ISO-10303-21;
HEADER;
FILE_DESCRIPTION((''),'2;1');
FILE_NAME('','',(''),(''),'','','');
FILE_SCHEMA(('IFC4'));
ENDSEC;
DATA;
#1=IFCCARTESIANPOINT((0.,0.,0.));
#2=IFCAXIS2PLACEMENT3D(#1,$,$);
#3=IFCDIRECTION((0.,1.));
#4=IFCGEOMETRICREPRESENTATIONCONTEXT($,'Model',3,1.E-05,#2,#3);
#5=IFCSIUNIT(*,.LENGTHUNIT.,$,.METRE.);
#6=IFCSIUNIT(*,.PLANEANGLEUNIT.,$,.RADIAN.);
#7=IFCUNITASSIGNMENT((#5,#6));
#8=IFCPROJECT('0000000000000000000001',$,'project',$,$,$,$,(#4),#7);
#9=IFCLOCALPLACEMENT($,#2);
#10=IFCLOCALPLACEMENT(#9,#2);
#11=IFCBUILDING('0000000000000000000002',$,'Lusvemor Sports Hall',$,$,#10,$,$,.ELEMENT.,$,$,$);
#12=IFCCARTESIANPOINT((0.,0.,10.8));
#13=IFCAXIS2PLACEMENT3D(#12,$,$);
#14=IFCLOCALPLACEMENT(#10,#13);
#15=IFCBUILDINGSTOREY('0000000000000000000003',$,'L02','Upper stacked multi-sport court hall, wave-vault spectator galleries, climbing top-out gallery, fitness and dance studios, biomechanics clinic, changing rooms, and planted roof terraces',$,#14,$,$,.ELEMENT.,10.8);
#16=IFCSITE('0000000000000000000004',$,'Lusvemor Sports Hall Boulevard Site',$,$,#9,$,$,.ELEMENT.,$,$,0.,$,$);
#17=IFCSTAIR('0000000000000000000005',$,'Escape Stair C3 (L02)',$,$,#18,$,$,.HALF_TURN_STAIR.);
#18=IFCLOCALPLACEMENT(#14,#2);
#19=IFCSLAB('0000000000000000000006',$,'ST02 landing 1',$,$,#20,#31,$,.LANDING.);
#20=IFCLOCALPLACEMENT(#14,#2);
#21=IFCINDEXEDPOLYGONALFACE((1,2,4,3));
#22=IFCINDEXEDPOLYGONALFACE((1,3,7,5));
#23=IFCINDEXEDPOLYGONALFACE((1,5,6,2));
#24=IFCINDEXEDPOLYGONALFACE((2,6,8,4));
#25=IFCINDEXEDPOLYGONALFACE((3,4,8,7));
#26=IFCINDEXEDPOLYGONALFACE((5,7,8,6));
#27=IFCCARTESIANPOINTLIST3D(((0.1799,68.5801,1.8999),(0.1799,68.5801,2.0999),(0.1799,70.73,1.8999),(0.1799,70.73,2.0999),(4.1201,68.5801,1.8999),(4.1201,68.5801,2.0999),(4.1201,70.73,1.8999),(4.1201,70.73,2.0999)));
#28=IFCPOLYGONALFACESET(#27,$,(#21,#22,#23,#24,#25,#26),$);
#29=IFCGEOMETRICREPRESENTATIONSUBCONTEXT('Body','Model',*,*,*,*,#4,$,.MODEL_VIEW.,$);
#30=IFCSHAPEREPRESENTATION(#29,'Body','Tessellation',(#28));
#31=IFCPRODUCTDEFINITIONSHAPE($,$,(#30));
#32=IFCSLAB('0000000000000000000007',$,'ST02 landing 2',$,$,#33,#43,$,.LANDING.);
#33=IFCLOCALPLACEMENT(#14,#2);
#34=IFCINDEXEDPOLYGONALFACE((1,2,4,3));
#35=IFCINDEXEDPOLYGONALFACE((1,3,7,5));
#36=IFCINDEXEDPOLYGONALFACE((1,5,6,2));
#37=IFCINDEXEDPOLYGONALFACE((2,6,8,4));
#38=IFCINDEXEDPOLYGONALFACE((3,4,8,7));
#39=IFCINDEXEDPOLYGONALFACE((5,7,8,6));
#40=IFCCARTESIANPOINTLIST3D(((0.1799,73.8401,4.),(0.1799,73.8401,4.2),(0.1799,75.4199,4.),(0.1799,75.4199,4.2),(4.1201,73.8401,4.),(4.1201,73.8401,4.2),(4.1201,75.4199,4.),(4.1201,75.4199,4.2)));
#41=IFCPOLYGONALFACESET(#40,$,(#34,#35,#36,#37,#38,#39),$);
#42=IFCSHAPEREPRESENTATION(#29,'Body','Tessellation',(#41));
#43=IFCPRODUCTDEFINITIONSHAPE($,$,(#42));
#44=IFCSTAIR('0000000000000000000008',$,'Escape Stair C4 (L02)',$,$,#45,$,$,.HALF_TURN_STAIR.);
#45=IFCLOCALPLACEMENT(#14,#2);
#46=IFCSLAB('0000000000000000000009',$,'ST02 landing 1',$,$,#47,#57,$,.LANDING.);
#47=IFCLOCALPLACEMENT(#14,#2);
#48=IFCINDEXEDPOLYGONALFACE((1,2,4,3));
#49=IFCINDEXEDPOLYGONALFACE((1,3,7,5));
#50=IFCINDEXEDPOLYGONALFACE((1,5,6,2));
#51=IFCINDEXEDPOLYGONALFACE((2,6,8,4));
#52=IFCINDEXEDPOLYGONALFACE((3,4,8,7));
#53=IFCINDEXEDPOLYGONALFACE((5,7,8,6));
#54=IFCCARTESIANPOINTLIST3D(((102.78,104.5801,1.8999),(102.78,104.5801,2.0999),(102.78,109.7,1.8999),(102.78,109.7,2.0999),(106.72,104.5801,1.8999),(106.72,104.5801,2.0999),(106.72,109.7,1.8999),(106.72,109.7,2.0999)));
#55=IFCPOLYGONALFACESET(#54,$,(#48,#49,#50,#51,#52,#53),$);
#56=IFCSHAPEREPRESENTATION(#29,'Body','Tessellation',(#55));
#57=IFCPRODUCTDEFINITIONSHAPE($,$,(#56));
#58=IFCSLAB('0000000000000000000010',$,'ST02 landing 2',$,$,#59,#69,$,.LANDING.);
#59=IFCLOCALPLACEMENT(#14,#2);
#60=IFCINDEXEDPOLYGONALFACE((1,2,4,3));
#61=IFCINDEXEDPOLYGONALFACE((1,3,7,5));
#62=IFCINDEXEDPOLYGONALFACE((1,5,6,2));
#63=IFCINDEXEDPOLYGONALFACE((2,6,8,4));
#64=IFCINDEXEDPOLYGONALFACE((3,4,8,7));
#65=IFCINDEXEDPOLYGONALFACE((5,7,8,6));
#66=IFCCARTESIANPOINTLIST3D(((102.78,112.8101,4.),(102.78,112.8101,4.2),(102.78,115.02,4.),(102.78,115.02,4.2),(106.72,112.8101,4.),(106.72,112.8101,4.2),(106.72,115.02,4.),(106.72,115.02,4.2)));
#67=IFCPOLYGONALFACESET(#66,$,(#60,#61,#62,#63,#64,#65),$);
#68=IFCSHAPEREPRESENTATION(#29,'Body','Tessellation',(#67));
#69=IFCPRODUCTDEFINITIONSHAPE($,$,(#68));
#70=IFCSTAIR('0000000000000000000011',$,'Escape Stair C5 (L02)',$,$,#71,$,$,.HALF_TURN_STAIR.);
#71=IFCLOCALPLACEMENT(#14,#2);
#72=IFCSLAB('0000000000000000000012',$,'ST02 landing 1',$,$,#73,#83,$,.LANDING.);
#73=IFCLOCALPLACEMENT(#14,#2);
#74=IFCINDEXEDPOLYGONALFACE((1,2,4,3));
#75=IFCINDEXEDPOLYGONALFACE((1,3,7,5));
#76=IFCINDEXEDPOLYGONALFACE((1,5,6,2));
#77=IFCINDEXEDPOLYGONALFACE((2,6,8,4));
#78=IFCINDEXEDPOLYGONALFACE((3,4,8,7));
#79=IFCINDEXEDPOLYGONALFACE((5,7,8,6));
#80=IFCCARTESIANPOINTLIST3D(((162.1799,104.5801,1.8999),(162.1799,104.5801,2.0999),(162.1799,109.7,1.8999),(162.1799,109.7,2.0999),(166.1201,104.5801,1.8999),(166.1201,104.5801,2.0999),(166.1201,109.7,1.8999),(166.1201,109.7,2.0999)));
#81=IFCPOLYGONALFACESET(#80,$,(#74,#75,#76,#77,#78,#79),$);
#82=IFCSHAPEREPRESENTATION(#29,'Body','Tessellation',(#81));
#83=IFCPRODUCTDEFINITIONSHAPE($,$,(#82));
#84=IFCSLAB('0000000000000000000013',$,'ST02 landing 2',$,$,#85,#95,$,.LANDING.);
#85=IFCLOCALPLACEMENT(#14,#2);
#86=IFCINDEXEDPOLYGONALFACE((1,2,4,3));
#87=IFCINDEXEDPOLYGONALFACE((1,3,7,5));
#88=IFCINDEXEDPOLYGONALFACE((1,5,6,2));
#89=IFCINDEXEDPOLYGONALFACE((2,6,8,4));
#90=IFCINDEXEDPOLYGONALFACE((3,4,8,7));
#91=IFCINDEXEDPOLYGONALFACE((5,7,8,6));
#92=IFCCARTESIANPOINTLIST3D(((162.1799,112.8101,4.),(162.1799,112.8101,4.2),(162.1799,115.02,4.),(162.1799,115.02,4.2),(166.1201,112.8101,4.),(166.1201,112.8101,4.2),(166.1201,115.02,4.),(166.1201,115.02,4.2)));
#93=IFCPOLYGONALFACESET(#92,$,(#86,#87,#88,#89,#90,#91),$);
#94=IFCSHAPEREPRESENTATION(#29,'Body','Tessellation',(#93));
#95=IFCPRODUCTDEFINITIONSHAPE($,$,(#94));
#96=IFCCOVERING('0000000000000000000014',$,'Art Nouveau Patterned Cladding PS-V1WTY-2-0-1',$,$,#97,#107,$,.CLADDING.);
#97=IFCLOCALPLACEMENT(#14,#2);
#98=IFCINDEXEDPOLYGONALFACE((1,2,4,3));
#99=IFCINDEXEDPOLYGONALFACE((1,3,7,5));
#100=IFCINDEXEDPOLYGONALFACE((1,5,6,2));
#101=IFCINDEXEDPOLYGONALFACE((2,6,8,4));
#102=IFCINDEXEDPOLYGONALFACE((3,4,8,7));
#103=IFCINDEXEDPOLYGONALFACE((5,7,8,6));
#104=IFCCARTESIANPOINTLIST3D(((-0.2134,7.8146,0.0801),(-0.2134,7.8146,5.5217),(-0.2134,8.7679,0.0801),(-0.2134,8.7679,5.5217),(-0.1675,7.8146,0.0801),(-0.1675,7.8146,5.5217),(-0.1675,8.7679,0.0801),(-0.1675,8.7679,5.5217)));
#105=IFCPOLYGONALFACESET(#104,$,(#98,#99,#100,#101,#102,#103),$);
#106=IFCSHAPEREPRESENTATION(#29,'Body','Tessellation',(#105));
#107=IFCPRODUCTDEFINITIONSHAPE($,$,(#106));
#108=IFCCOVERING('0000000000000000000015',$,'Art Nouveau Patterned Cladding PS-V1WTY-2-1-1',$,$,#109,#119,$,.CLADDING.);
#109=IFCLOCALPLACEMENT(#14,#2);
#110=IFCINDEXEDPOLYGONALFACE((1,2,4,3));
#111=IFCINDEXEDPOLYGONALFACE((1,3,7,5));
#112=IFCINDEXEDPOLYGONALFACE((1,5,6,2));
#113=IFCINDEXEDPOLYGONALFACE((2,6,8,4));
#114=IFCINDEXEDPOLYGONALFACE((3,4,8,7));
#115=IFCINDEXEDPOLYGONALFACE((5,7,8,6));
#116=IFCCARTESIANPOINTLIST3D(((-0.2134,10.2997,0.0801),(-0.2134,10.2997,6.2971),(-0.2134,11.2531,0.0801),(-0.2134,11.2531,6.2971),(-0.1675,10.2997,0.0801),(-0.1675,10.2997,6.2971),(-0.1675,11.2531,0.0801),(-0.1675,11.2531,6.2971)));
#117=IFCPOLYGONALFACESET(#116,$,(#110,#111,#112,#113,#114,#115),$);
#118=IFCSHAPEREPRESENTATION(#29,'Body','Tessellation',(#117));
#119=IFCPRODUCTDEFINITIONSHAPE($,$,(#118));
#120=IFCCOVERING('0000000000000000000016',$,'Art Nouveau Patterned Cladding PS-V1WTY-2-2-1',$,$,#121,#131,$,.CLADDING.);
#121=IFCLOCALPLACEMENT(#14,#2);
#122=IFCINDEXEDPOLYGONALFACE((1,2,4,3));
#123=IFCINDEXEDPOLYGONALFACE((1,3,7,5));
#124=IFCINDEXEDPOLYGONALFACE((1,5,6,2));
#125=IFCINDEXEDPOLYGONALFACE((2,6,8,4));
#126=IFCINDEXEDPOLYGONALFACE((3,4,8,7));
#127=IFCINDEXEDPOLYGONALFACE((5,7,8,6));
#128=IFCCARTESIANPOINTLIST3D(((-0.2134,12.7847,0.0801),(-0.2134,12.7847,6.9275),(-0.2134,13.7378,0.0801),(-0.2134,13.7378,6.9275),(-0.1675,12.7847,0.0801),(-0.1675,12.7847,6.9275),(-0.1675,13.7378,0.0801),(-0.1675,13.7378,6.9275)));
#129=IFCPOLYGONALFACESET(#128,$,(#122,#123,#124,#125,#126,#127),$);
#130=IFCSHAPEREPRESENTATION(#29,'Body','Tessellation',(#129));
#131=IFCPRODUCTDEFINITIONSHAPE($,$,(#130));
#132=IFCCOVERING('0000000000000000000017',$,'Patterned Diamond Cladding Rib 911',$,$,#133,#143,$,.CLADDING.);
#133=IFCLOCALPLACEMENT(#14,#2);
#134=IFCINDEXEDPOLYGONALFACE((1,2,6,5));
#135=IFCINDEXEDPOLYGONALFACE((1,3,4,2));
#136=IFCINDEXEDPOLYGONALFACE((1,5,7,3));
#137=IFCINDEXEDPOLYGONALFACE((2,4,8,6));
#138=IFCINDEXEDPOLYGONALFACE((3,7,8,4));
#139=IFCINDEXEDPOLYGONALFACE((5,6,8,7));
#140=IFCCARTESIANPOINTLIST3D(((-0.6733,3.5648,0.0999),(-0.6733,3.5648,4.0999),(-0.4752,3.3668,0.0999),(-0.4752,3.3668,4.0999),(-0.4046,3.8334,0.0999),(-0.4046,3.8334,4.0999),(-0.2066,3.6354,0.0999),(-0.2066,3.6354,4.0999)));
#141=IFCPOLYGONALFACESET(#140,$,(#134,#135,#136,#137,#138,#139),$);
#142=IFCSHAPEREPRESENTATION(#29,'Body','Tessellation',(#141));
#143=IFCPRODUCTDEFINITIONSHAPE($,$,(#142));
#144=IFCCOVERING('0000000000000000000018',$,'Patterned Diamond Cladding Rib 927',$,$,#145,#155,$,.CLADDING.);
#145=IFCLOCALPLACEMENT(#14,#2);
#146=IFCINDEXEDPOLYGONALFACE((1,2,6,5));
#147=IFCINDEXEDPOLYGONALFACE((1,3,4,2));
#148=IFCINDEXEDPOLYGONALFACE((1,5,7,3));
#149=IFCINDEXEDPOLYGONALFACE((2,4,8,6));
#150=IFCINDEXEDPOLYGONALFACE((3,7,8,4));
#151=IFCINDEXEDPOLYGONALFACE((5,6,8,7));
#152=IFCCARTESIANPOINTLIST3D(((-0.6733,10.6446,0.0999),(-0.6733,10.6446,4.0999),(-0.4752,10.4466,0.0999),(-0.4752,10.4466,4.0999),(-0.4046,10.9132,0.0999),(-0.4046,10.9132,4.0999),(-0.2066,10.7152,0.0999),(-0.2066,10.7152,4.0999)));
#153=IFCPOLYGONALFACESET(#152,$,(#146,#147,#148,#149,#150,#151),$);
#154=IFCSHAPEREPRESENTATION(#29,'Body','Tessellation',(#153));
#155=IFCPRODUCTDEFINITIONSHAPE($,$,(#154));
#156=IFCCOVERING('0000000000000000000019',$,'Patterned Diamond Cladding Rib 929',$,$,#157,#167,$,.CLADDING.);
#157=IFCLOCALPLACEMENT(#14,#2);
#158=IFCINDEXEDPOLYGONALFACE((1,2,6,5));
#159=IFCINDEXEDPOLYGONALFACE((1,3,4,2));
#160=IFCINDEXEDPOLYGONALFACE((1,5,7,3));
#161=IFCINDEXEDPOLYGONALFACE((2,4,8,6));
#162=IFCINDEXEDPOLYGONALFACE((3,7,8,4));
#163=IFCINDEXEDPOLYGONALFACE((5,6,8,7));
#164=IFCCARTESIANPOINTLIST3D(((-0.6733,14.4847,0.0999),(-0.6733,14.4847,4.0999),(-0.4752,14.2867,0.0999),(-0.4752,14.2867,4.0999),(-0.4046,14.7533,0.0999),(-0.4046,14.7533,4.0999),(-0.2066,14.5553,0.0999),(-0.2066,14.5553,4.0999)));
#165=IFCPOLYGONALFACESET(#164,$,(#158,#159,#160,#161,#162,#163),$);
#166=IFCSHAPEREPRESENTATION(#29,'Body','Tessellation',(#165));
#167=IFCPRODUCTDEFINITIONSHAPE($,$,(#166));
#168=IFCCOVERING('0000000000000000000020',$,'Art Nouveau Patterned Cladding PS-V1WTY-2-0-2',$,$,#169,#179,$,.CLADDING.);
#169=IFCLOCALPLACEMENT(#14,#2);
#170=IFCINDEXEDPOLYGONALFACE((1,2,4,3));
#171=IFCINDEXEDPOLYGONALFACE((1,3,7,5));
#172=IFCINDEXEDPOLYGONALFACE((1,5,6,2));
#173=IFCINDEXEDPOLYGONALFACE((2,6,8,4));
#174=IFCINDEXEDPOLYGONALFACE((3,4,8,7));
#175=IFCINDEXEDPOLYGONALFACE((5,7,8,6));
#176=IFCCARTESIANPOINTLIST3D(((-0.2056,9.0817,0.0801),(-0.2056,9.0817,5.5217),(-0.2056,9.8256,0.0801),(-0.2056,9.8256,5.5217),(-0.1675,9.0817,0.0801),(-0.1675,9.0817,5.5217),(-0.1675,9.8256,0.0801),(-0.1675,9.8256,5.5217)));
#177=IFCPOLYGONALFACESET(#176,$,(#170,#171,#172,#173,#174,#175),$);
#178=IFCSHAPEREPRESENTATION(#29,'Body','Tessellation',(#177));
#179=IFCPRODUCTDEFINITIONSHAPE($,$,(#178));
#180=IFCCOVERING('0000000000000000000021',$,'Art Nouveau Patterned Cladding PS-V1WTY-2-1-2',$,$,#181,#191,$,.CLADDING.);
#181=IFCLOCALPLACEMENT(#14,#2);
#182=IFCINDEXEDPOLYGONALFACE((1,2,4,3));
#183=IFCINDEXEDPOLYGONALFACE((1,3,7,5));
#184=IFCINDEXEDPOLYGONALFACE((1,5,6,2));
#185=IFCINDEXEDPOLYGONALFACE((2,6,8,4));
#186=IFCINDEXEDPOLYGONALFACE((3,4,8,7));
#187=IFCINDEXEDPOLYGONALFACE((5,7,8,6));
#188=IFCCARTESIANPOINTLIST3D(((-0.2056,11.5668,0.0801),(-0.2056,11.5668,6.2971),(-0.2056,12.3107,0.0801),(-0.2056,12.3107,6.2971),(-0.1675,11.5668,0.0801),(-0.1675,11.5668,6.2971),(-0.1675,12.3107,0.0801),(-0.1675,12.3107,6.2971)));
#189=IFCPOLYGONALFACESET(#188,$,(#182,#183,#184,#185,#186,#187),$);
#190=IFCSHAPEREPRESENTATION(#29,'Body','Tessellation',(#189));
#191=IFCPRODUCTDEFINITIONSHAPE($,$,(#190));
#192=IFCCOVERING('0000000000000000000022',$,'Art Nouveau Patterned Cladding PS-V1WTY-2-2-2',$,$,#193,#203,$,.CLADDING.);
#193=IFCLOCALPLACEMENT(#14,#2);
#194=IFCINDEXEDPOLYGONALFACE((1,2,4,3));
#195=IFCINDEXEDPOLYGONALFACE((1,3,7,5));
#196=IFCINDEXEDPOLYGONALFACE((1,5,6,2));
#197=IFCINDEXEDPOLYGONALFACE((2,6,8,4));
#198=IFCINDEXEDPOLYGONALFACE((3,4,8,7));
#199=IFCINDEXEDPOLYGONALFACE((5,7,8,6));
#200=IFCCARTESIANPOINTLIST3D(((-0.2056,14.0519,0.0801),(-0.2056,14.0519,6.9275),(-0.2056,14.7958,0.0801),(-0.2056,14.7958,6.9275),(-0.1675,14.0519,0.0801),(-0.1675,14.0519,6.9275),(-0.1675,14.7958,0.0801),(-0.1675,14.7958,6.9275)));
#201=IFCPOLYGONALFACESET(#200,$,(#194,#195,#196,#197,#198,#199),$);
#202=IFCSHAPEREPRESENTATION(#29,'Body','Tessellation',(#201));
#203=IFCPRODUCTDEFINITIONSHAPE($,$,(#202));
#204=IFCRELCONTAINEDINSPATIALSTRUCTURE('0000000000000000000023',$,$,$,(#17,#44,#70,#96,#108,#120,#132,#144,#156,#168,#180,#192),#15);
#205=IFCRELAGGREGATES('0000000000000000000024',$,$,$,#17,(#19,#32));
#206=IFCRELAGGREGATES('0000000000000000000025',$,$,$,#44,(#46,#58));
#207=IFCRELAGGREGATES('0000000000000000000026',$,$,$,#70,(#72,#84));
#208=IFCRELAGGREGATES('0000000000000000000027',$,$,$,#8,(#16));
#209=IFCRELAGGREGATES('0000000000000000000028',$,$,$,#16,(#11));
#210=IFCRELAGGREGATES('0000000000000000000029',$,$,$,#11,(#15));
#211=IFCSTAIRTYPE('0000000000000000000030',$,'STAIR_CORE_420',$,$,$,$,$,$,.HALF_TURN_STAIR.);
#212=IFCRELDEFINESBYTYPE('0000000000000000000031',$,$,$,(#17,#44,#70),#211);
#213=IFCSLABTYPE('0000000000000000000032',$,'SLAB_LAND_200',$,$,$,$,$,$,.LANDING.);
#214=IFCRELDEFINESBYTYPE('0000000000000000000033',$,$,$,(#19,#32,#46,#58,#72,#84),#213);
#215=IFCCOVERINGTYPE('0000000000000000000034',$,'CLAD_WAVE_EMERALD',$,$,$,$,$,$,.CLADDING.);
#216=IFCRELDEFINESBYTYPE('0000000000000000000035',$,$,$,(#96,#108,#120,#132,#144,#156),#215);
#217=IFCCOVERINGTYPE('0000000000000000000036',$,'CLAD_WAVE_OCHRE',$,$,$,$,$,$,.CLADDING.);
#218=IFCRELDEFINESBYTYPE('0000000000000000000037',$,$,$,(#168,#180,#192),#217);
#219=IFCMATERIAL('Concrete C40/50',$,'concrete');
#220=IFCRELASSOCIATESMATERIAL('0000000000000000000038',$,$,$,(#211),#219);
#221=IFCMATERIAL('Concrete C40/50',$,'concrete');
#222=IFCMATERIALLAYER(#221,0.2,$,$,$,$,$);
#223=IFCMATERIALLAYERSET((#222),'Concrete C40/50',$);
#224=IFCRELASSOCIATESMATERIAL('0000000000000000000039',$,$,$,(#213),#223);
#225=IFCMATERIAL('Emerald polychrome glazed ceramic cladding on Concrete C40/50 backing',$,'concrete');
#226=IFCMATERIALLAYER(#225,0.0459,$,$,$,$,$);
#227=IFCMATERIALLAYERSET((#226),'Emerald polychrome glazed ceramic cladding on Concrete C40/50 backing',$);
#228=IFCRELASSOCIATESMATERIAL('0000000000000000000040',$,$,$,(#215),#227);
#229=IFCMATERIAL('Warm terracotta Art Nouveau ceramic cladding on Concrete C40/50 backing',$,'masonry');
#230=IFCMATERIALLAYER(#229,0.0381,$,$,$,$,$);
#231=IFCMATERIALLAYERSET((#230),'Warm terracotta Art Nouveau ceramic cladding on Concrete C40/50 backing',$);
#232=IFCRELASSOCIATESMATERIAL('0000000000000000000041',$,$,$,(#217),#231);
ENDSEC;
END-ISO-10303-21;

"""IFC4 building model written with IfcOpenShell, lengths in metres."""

from ifc_helpers import new_model, si_unit, direction, frame, origin, origin_2d, place, context, subcontext, project, spatial, polyline, rectangle, outline, extrude, material, layer, layer_set, type_object, element, aggregate, save


model = new_model("IFC4")

# Units and contexts
model_context = context("Model", 3, precision=1e-05, world=origin(), true_north=direction((0.0, 1.0)))
body_context = subcontext(model_context, "Body", "Model", "MODEL_VIEW")
ifc_project = project(units=[si_unit("LENGTHUNIT", "METRE"), si_unit("PLANEANGLEUNIT", "RADIAN")], contexts=[model_context])

# Site, building, storey
site_placement = place(None, origin())
site = spatial("IfcSite", under=ifc_project, at=site_placement, Name="Lusvemor Sports Hall Boulevard Site", CompositionType="ELEMENT", RefElevation=0.0)
building_placement = place(site_placement, origin())
building = spatial("IfcBuilding", under=site, at=building_placement, Name="Lusvemor Sports Hall", CompositionType="ELEMENT")
storey_placement = place(building_placement, frame((0.0, 0.0, 10.8)))
storey = spatial("IfcBuildingStorey", under=building, at=storey_placement, Name="L02", Description="Upper stacked multi-sport court hall, wave-vault spectator galleries, climbing top-out gallery, fitness and dance studios, biomechanics clinic, changing rooms, and planted roof terraces", CompositionType="ELEMENT", Elevation=10.8)

# Stairs, slabs
ifc_material_1 = material(Name="Concrete C40/50", Category="concrete")
stair_type = type_object("IfcStairType", Name="STAIR_CORE_420", PredefinedType="HALF_TURN_STAIR", material=ifc_material_1)
stair_1_placement = place(storey_placement, origin())
stair_1 = element("IfcStair", 1, at=stair_1_placement, inside=storey, type_object=stair_type, Name="Escape Stair C3 (L02)", PredefinedType="HALF_TURN_STAIR")
ifc_material_2 = material(Name="Concrete C40/50", Category="concrete")
ifc_layer_1 = layer(ifc_material_2, 0.2)
ifc_layer_set_1 = layer_set([ifc_layer_1], Name="Concrete C40/50")
slab_type = type_object("IfcSlabType", Name="SLAB_LAND_200", PredefinedType="LANDING", material=ifc_layer_set_1)
slab_1_placement = place(storey_placement, frame((0.0, 0.0, 1.8999)))
slab_1 = element("IfcSlab", 2, at=slab_1_placement, type_object=slab_type, Name="ST02 landing 1", PredefinedType="LANDING", context=body_context, shape_type="SweptSolid", body=[
    extrude(outline(polyline([(0.1799, 68.5801), (4.1201, 68.5801), (4.1201, 70.73), (0.1799, 70.73), (0.1799, 68.5801)])), origin(), (0.0, 0.0, 1.0), 0.2),
])
slab_2_placement = place(storey_placement, frame((0.0, 0.0, 4.0)))
slab_2 = element("IfcSlab", 3, at=slab_2_placement, type_object=slab_type, Name="ST02 landing 2", PredefinedType="LANDING", context=body_context, shape_type="SweptSolid", body=[
    extrude(outline(polyline([(0.1799, 73.8401), (4.1201, 73.8401), (4.1201, 75.4199), (0.1799, 75.4199), (0.1799, 73.8401)])), origin(), (0.0, 0.0, 1.0), 0.2),
])
aggregate(stair_1, [slab_1, slab_2])
stair_2_placement = place(storey_placement, origin())
stair_2 = element("IfcStair", 4, at=stair_2_placement, inside=storey, type_object=stair_type, Name="Escape Stair C4 (L02)", PredefinedType="HALF_TURN_STAIR")
slab_3_placement = place(storey_placement, frame((0.0, 0.0, 1.8999)))
slab_3 = element("IfcSlab", 5, at=slab_3_placement, type_object=slab_type, Name="ST02 landing 1", PredefinedType="LANDING", context=body_context, shape_type="SweptSolid", body=[
    extrude(outline(polyline([(102.78, 104.5801), (106.72, 104.5801), (106.72, 109.7), (102.78, 109.7), (102.78, 104.5801)])), origin(), (0.0, 0.0, 1.0), 0.2),
])
slab_4_placement = place(storey_placement, frame((0.0, 0.0, 4.0)))
slab_4 = element("IfcSlab", 6, at=slab_4_placement, type_object=slab_type, Name="ST02 landing 2", PredefinedType="LANDING", context=body_context, shape_type="SweptSolid", body=[
    extrude(outline(polyline([(102.78, 112.8101), (106.72, 112.8101), (106.72, 115.02), (102.78, 115.02), (102.78, 112.8101)])), origin(), (0.0, 0.0, 1.0), 0.2),
])
aggregate(stair_2, [slab_3, slab_4])
stair_3_placement = place(storey_placement, origin())
stair_3 = element("IfcStair", 7, at=stair_3_placement, inside=storey, type_object=stair_type, Name="Escape Stair C5 (L02)", PredefinedType="HALF_TURN_STAIR")
slab_5_placement = place(storey_placement, frame((0.0, 0.0, 1.8999)))
slab_5 = element("IfcSlab", 8, at=slab_5_placement, type_object=slab_type, Name="ST02 landing 1", PredefinedType="LANDING", context=body_context, shape_type="SweptSolid", body=[
    extrude(outline(polyline([(162.1799, 104.5801), (166.1201, 104.5801), (166.1201, 109.7), (162.1799, 109.7), (162.1799, 104.5801)])), origin(), (0.0, 0.0, 1.0), 0.2),
])
slab_6_placement = place(storey_placement, frame((0.0, 0.0, 4.0)))
slab_6 = element("IfcSlab", 9, at=slab_6_placement, type_object=slab_type, Name="ST02 landing 2", PredefinedType="LANDING", context=body_context, shape_type="SweptSolid", body=[
    extrude(outline(polyline([(162.1799, 112.8101), (166.1201, 112.8101), (166.1201, 115.02), (162.1799, 115.02), (162.1799, 112.8101)])), origin(), (0.0, 0.0, 1.0), 0.2),
])
aggregate(stair_3, [slab_5, slab_6])

# Coverings
ifc_material_3 = material(Name="Emerald polychrome glazed ceramic cladding on Concrete C40/50 backing", Category="concrete")
ifc_layer_2 = layer(ifc_material_3, 0.0459)
ifc_layer_set_2 = layer_set([ifc_layer_2], Name="Emerald polychrome glazed ceramic cladding on Concrete C40/50 backing")
covering_type_1 = type_object("IfcCoveringType", Name="CLAD_WAVE_EMERALD", PredefinedType="CLADDING", material=ifc_layer_set_2)
covering_1_placement = place(storey_placement, frame((-0.1904, 8.2913, 0.0801), z_axis=(0.0, 0.0, 1.0), x_axis=(1.0, 0.0, 0.0)))
element("IfcCovering", 10, at=covering_1_placement, inside=storey, type_object=covering_type_1, Name="Art Nouveau Patterned Cladding PS-V1WTY-2-0-1", PredefinedType="CLADDING", context=body_context, shape_type="SweptSolid", body=[
    extrude(rectangle(XDim=0.0459, YDim=0.9534, at=origin_2d()), origin(), (0.0, 0.0, 1.0), 5.4417),
])
covering_2_placement = place(storey_placement, frame((-0.1904, 10.7764, 0.0801), z_axis=(0.0, 0.0, 1.0), x_axis=(1.0, 0.0, 0.0)))
element("IfcCovering", 11, at=covering_2_placement, inside=storey, type_object=covering_type_1, Name="Art Nouveau Patterned Cladding PS-V1WTY-2-1-1", PredefinedType="CLADDING", context=body_context, shape_type="SweptSolid", body=[
    extrude(rectangle(XDim=0.0459, YDim=0.9534, at=origin_2d()), origin(), (0.0, 0.0, 1.0), 6.217),
])
covering_3_placement = place(storey_placement, frame((-0.1904, 13.2612, 0.0801), z_axis=(0.0, 0.0, 1.0), x_axis=(1.0, 0.0, 0.0)))
element("IfcCovering", 12, at=covering_3_placement, inside=storey, type_object=covering_type_1, Name="Art Nouveau Patterned Cladding PS-V1WTY-2-2-1", PredefinedType="CLADDING", context=body_context, shape_type="SweptSolid", body=[
    extrude(rectangle(XDim=0.0459, YDim=0.9531, at=origin_2d()), origin(), (0.0, 0.0, 1.0), 6.8474),
])
for number, where, z_axis, x_axis, name in (
    (13, (-0.4399, 3.6001, 0.0999), (0.0, 0.0, 1.0), (0.707107, 0.707107, 0.0), "Patterned Diamond Cladding Rib 911"),
    (14, (-0.4399, 10.6799, 0.0999), (0.0, 0.0, 1.0), (0.707107, 0.707107, 0.0), "Patterned Diamond Cladding Rib 927"),
    (15, (-0.4399, 14.52, 0.0999), (0.0, 0.0, 1.0), (0.707107, 0.707107, 0.0), "Patterned Diamond Cladding Rib 929"),
):
    element("IfcCovering", number, at=place(storey_placement, frame(where, z_axis=z_axis, x_axis=x_axis)), inside=storey, type_object=covering_type_1, Name=name, PredefinedType="CLADDING", context=body_context, shape_type="SweptSolid", body=[
        extrude(rectangle(XDim=0.3799, YDim=0.28, at=origin_2d()), origin(), (0.0, 0.0, 1.0), 4.0),
    ])
ifc_material_4 = material(Name="Warm terracotta Art Nouveau ceramic cladding on Concrete C40/50 backing", Category="masonry")
ifc_layer_3 = layer(ifc_material_4, 0.0381)
ifc_layer_set_3 = layer_set([ifc_layer_3], Name="Warm terracotta Art Nouveau ceramic cladding on Concrete C40/50 backing")
covering_type_2 = type_object("IfcCoveringType", Name="CLAD_WAVE_OCHRE", PredefinedType="CLADDING", material=ifc_layer_set_3)
covering_4_placement = place(storey_placement, frame((-0.1865, 9.4536, 0.0801), z_axis=(0.0, 0.0, 1.0), x_axis=(1.0, 0.0, 0.0)))
element("IfcCovering", 16, at=covering_4_placement, inside=storey, type_object=covering_type_2, Name="Art Nouveau Patterned Cladding PS-V1WTY-2-0-2", PredefinedType="CLADDING", context=body_context, shape_type="SweptSolid", body=[
    extrude(rectangle(XDim=0.0381, YDim=0.7439, at=origin_2d()), origin(), (0.0, 0.0, 1.0), 5.4417),
])
covering_5_placement = place(storey_placement, frame((-0.1865, 11.9387, 0.0801), z_axis=(0.0, 0.0, 1.0), x_axis=(1.0, 0.0, 0.0)))
element("IfcCovering", 17, at=covering_5_placement, inside=storey, type_object=covering_type_2, Name="Art Nouveau Patterned Cladding PS-V1WTY-2-1-2", PredefinedType="CLADDING", context=body_context, shape_type="SweptSolid", body=[
    extrude(rectangle(XDim=0.0381, YDim=0.7439, at=origin_2d()), origin(), (0.0, 0.0, 1.0), 6.217),
])
covering_6_placement = place(storey_placement, frame((-0.1865, 14.4238, 0.0801), z_axis=(0.0, 0.0, 1.0), x_axis=(1.0, 0.0, 0.0)))
element("IfcCovering", 18, at=covering_6_placement, inside=storey, type_object=covering_type_2, Name="Art Nouveau Patterned Cladding PS-V1WTY-2-2-2", PredefinedType="CLADDING", context=body_context, shape_type="SweptSolid", body=[
    extrude(rectangle(XDim=0.0381, YDim=0.7439, at=origin_2d()), origin(), (0.0, 0.0, 1.0), 6.8474),
])

save(model, "model.ifc")
